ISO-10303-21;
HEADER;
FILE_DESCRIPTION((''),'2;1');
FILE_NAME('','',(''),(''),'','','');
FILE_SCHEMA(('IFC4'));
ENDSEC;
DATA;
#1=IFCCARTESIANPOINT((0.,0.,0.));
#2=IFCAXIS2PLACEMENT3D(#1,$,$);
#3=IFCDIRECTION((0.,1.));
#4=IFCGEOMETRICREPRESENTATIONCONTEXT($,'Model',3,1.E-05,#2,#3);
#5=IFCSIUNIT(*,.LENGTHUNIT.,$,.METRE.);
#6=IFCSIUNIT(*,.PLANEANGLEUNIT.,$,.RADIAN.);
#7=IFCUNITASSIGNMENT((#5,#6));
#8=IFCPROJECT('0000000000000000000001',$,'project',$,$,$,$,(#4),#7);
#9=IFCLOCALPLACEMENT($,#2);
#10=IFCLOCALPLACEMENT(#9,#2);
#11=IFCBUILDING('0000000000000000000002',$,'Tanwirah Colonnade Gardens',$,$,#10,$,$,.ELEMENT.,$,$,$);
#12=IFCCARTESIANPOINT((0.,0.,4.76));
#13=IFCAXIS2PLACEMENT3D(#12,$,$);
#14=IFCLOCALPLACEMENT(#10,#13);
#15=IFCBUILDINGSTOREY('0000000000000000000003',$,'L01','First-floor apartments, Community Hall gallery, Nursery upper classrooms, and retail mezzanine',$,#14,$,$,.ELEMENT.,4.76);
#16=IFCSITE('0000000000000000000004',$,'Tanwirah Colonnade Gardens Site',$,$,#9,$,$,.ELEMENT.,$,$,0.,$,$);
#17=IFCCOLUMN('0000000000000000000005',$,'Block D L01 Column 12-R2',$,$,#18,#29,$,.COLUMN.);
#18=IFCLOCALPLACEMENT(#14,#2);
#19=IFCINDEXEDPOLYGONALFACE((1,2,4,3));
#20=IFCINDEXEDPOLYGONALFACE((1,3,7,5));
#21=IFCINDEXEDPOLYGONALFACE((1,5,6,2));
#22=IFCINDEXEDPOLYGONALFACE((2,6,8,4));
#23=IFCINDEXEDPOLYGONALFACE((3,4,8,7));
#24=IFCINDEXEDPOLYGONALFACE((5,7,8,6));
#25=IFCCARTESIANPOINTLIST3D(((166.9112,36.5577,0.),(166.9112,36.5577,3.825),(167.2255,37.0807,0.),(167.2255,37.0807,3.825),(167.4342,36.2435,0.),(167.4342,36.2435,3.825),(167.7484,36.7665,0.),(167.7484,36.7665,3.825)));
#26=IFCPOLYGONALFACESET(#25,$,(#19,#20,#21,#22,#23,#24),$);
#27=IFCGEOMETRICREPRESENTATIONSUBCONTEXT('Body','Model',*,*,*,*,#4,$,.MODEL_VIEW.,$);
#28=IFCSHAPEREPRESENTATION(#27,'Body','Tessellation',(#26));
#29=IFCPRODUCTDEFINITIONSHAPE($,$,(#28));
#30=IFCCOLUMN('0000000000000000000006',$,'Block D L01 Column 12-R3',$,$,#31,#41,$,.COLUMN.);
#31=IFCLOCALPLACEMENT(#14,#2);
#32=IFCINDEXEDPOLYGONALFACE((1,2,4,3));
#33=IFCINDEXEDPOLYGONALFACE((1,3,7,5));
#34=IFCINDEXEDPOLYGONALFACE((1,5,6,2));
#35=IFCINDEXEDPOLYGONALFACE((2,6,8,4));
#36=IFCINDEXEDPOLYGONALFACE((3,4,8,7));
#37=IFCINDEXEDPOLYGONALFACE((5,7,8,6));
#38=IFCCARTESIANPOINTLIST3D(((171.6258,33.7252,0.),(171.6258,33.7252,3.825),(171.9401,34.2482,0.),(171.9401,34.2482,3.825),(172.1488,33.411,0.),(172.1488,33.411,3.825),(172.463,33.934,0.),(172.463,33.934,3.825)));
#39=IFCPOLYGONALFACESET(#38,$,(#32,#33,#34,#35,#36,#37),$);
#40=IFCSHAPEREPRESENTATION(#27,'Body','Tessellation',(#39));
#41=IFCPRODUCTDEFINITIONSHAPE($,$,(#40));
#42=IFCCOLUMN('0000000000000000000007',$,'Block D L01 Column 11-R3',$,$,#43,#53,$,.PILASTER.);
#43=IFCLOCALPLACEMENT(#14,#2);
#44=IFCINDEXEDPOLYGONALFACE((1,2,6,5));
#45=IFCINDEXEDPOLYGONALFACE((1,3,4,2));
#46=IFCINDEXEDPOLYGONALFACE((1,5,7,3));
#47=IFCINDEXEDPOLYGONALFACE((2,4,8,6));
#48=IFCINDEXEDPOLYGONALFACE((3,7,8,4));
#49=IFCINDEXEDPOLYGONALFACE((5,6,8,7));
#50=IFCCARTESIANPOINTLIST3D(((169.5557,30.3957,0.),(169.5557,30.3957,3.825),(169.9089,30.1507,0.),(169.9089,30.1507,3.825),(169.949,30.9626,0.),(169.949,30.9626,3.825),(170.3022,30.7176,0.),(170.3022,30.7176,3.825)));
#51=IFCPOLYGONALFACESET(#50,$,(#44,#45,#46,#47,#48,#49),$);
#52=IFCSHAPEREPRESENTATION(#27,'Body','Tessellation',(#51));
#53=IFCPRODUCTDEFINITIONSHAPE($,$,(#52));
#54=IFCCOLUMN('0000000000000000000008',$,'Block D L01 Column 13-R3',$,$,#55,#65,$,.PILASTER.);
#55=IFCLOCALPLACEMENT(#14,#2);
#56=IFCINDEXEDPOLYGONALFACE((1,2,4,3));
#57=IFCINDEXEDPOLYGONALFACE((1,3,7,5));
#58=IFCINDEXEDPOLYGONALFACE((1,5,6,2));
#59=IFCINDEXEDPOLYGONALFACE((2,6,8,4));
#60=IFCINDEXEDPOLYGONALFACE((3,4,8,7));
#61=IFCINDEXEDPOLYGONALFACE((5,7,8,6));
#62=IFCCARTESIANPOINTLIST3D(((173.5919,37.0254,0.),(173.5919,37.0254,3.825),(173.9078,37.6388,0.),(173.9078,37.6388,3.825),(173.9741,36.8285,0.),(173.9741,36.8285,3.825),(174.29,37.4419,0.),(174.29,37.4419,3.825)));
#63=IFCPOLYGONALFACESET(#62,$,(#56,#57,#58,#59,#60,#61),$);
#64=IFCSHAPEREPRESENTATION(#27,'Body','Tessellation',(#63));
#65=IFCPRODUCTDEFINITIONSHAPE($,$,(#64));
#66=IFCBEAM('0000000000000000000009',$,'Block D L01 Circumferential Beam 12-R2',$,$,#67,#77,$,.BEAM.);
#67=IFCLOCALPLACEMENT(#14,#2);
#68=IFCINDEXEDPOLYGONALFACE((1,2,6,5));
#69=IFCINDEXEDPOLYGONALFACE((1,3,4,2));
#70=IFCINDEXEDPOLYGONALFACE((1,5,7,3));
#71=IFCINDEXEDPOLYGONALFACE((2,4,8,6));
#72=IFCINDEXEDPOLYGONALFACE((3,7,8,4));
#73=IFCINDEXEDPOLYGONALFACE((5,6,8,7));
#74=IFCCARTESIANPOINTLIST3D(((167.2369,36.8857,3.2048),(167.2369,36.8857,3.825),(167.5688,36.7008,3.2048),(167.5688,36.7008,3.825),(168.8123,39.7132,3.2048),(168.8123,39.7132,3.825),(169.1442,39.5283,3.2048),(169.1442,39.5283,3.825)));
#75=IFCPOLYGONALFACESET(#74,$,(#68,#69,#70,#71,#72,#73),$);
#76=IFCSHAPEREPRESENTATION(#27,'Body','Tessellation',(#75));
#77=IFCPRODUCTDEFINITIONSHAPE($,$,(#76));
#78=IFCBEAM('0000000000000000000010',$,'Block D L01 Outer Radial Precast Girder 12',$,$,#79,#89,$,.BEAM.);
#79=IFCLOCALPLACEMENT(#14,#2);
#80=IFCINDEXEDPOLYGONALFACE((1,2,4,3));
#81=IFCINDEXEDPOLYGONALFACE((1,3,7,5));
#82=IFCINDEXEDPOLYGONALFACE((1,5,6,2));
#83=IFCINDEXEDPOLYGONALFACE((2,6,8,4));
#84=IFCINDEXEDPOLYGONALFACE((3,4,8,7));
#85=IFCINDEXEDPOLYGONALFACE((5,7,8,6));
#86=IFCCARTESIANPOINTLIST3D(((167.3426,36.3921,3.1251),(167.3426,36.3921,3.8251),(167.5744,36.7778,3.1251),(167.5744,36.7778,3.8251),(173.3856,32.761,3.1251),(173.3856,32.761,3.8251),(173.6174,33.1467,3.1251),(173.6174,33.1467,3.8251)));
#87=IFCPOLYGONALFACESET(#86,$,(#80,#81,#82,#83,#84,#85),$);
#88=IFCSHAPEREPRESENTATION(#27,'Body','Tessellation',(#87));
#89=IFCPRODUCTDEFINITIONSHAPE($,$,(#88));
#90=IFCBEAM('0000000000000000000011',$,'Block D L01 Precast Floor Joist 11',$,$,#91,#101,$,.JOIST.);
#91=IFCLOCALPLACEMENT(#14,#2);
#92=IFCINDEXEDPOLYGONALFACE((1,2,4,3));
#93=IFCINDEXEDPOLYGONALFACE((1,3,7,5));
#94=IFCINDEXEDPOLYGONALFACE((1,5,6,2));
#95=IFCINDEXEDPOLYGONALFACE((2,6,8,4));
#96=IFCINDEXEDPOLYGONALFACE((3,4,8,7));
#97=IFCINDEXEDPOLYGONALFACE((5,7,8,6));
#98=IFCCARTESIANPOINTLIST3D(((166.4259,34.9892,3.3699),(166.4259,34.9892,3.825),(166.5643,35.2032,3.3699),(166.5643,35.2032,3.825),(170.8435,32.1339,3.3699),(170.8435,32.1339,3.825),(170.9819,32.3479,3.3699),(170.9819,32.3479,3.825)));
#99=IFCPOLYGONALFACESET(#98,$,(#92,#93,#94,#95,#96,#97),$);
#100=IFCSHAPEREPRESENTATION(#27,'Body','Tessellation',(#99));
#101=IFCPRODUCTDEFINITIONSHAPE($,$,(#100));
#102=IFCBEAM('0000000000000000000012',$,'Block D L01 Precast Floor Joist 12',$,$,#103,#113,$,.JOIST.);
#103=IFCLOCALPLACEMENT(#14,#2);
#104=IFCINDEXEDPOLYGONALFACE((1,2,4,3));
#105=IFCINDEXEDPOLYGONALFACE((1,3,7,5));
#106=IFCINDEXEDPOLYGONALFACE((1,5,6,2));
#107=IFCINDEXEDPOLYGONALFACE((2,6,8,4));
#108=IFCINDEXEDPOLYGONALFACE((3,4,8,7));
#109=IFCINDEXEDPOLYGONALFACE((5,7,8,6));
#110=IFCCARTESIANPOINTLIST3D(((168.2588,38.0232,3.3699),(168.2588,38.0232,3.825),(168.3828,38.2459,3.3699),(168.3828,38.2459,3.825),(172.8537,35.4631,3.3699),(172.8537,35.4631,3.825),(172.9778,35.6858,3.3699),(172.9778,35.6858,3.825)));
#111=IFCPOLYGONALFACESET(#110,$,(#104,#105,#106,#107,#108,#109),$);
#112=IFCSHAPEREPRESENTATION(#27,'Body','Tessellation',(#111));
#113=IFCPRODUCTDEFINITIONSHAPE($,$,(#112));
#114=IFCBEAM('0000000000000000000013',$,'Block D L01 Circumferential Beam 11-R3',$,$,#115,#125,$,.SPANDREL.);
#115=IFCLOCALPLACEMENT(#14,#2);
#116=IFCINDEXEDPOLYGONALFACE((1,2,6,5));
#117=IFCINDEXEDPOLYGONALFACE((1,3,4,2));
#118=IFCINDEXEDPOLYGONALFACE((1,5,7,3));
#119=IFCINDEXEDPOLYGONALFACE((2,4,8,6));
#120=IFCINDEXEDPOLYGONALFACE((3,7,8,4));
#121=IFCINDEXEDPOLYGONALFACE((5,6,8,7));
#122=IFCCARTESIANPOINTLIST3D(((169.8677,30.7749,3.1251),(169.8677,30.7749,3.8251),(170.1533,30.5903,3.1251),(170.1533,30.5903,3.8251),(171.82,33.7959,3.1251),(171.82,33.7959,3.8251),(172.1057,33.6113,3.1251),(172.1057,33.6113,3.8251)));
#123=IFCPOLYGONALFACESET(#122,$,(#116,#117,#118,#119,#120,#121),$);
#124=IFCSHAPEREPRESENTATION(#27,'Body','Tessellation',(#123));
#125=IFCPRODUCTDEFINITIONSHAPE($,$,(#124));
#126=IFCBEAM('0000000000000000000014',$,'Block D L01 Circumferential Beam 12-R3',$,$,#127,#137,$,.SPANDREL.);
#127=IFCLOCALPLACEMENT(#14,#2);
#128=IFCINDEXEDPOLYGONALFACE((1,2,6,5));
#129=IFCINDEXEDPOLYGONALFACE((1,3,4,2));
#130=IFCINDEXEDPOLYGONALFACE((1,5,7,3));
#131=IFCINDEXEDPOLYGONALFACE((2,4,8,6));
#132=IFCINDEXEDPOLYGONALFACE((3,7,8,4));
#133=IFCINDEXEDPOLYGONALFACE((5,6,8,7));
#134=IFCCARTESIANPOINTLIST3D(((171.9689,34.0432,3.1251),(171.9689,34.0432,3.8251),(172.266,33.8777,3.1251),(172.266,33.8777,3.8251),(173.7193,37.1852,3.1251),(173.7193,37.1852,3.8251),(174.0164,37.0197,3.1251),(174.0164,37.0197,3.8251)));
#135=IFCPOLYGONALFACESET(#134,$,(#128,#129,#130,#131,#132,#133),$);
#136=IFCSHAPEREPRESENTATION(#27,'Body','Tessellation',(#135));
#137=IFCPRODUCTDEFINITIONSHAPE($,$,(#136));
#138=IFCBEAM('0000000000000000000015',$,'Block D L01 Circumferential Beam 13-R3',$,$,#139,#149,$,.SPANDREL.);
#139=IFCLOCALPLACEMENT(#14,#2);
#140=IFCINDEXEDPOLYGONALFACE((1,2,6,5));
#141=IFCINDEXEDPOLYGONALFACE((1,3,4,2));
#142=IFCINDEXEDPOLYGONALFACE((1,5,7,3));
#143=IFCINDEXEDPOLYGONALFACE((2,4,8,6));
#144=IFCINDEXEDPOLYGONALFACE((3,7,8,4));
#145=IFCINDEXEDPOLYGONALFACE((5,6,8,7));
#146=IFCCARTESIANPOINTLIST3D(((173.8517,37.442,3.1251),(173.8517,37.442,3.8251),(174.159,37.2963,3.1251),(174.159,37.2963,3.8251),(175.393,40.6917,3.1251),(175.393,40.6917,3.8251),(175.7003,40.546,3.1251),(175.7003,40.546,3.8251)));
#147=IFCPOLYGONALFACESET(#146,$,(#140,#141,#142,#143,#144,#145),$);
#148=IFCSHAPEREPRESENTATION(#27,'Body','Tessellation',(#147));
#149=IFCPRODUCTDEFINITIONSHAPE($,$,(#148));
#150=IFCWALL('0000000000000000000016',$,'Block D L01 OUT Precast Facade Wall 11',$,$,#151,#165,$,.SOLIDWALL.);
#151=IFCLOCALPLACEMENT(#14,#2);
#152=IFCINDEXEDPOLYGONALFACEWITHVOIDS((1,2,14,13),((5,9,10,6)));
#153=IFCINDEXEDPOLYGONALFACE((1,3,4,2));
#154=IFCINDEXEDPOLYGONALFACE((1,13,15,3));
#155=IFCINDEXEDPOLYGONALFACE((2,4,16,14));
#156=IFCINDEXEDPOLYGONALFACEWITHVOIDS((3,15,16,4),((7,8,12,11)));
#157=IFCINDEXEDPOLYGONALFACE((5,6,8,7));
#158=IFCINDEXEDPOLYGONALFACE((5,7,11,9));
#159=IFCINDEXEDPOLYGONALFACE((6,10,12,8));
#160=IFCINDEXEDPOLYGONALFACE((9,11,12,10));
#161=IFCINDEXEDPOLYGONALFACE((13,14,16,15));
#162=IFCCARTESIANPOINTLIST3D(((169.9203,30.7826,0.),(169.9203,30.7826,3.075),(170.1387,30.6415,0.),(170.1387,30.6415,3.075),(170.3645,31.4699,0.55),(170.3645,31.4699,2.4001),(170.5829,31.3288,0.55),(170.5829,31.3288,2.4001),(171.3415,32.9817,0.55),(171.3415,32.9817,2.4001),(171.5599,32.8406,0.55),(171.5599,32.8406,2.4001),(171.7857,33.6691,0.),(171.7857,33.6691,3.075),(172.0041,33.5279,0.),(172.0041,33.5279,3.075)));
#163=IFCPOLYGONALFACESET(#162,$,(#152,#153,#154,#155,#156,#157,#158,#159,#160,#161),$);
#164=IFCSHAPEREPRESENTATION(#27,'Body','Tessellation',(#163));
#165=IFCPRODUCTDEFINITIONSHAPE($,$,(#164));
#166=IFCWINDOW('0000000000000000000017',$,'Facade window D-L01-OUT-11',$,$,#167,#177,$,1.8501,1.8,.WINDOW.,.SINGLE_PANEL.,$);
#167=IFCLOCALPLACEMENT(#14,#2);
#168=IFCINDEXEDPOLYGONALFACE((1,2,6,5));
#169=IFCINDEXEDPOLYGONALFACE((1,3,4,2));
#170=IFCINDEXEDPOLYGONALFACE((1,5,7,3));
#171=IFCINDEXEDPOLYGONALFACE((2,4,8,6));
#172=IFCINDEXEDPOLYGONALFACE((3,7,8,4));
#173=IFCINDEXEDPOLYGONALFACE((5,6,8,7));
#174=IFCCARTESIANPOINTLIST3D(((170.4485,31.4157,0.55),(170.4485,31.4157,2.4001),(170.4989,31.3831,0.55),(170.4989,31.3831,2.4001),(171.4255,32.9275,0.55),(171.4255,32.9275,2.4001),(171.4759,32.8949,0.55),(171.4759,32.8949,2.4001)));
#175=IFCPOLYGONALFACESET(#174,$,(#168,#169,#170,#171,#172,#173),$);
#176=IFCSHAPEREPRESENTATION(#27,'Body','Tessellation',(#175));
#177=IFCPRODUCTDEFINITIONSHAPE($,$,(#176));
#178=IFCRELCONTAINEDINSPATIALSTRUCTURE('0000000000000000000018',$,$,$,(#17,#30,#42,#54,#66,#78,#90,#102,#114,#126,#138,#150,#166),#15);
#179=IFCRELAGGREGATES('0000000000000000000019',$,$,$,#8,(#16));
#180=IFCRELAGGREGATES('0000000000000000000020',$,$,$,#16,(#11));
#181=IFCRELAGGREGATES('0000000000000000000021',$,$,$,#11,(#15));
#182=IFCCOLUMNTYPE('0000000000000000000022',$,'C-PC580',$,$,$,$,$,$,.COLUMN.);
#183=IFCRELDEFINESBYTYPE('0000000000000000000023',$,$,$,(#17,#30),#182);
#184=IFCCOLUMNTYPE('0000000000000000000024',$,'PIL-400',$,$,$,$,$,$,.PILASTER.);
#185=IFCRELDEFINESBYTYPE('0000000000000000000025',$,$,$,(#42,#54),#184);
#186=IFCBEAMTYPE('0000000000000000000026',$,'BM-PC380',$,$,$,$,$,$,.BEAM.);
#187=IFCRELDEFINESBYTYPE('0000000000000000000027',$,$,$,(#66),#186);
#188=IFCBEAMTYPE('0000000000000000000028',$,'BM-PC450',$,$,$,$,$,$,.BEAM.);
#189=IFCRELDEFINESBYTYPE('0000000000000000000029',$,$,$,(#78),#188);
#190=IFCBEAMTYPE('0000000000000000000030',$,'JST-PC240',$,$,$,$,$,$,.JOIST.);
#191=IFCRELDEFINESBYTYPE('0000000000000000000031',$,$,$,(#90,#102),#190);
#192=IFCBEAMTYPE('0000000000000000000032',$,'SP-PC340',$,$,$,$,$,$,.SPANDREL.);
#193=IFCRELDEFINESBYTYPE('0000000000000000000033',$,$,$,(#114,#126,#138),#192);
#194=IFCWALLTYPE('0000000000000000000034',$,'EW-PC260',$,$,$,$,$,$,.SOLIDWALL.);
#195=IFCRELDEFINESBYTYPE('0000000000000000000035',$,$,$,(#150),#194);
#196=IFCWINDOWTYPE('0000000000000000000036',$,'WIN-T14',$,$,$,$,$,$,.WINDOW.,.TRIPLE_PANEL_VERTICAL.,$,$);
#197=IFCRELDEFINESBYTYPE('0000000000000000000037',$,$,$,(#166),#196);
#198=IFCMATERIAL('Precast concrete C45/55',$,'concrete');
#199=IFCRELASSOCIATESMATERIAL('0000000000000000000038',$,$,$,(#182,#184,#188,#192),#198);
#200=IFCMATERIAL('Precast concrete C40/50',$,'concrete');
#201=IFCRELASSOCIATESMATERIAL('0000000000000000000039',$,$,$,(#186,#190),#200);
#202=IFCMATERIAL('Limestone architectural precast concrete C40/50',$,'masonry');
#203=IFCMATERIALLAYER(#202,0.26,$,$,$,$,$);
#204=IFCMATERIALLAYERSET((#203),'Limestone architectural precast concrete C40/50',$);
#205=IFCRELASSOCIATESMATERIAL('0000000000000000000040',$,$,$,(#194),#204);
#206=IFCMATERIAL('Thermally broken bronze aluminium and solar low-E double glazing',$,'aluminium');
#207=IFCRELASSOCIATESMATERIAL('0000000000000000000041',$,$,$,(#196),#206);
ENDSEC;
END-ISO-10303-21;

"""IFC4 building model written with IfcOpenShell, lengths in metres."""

from ifc_helpers import new_model, si_unit, direction, frame, frame_2d, origin, origin_2d, place, context, subcontext, project, spatial, rectangle, extrude, material, layer, layer_set, material_profile, profile_set, type_object, element, fill, save


model = new_model("IFC4")

# Units and contexts
model_context = context("Model", 3, precision=1e-05, world=origin(), true_north=direction((0.0, 1.0)))
body_context = subcontext(model_context, "Body", "Model", "MODEL_VIEW")
ifc_project = project(units=[si_unit("LENGTHUNIT", "METRE"), si_unit("PLANEANGLEUNIT", "RADIAN")], contexts=[model_context])

# Site, building, storey
site_placement = place(None, origin())
site = spatial("IfcSite", under=ifc_project, at=site_placement, Name="Tanwirah Colonnade Gardens Site", CompositionType="ELEMENT", RefElevation=0.0)
building_placement = place(site_placement, origin())
building = spatial("IfcBuilding", under=site, at=building_placement, Name="Tanwirah Colonnade Gardens", CompositionType="ELEMENT")
storey_placement = place(building_placement, frame((0.0, 0.0, 4.76)))
storey = spatial("IfcBuildingStorey", under=building, at=storey_placement, Name="L01", Description="First-floor apartments, Community Hall gallery, Nursery upper classrooms, and retail mezzanine", CompositionType="ELEMENT", Elevation=4.76)

# Columns
ifc_material_1 = material(Name="Precast concrete C45/55", Category="concrete")
ifc_material_profile_1 = material_profile(ifc_material_1, rectangle(XDim=0.6101, YDim=0.6101, at=origin_2d()), Name="PC-COL 610x610")
ifc_profile_set_1 = profile_set([ifc_material_profile_1], Name="Precast concrete C45/55")
column_type_1 = type_object("IfcColumnType", Name="C-PC580", PredefinedType="COLUMN", material=ifc_profile_set_1)
for number, where, z_axis, x_axis, name in (
    (1, (167.3298, 36.6621, 0.0), (0.0, 0.0, 1.0), (0.857167, -0.515038, 0.0), "Block D L01 Column 12-R2"),
    (2, (172.0444, 33.8296, 0.0), (0.0, 0.0, 1.0), (0.857167, -0.515038, 0.0), "Block D L01 Column 12-R3"),
):
    element("IfcColumn", number, at=place(storey_placement, frame(where, z_axis=z_axis, x_axis=x_axis)), inside=storey, type_object=column_type_1, Name=name, PredefinedType="COLUMN", context=body_context, shape_type="SweptSolid", body=[
        extrude(rectangle(XDim=0.6101, YDim=0.6101, at=origin_2d()), origin(), (0.0, 0.0, 1.0), 3.825),
    ])
ifc_material_profile_2 = material_profile(ifc_material_1, rectangle(XDim=0.4299, YDim=0.6899, at=origin_2d()), Name="PC-PIL 430x690")
ifc_profile_set_2 = profile_set([ifc_material_profile_2], Name="Precast concrete C45/55")
column_type_2 = type_object("IfcColumnType", Name="PIL-400", PredefinedType="PILASTER", material=ifc_profile_set_2)
for number, where, z_axis, x_axis, name in (
    (3, (169.929, 30.5566, 0.0), (0.0, 0.0, 1.0), (0.821647, -0.569997, 0.0), "Block D L01 Column 11-R3"),
    (4, (173.9409, 37.2336, 0.0), (0.0, 0.0, 1.0), (0.889017, -0.457874, 0.0), "Block D L01 Column 13-R3"),
):
    element("IfcColumn", number, at=place(storey_placement, frame(where, z_axis=z_axis, x_axis=x_axis)), inside=storey, type_object=column_type_2, Name=name, PredefinedType="PILASTER", context=body_context, shape_type="SweptSolid", body=[
        extrude(rectangle(XDim=0.4299, YDim=0.6899, at=origin_2d()), origin(), (0.0, 0.0, 1.0), 3.825),
    ])

# Beams
ifc_material_2 = material(Name="Precast concrete C40/50", Category="concrete")
ifc_material_profile_3 = material_profile(ifc_material_2, rectangle(XDim=0.3799, YDim=0.6201, at=origin_2d()), Name="PC-BM 380x620")
ifc_profile_set_3 = profile_set([ifc_material_profile_3], Name="Precast concrete C40/50")
beam_type_1 = type_object("IfcBeamType", Name="BM-PC380", PredefinedType="BEAM", material=ifc_profile_set_3)
beam_1_placement = place(storey_placement, frame((167.4028, 36.7932, 3.5149), z_axis=(0.486712, 0.873562, 0.0), x_axis=(-0.873562, 0.486712, 0.0)))
element("IfcBeam", 5, at=beam_1_placement, inside=storey, type_object=beam_type_1, Name="Block D L01 Circumferential Beam 12-R2", PredefinedType="BEAM", context=body_context, shape_type="SweptSolid", body=[
    extrude(rectangle(XDim=0.3799, YDim=0.6201, at=origin_2d()), origin(), (0.0, 0.0, 1.0), 3.2368),
])
ifc_material_profile_4 = material_profile(ifc_material_1, rectangle(XDim=0.45, YDim=0.7, at=origin_2d()), Name="PC-BM 450x700")
ifc_profile_set_4 = profile_set([ifc_material_profile_4], Name="Precast concrete C45/55")
beam_type_2 = type_object("IfcBeamType", Name="BM-PC450", PredefinedType="BEAM", material=ifc_profile_set_4)
beam_2_placement = place(storey_placement, frame((167.4585, 36.585, 3.4751), z_axis=(0.85716, -0.515051, 0.0), x_axis=(0.515051, 0.85716, 0.0)))
element("IfcBeam", 6, at=beam_2_placement, inside=storey, type_object=beam_type_2, Name="Block D L01 Outer Radial Precast Girder 12", PredefinedType="BEAM", context=body_context, shape_type="SweptSolid", body=[
    extrude(rectangle(XDim=0.45, YDim=0.7, at=origin_2d()), origin(), (0.0, 0.0, 1.0), 7.05),
])
ifc_material_profile_5 = material_profile(ifc_material_2, rectangle(XDim=0.2549, YDim=0.4551, at=origin_2d()), Name="PC-JST 255x455")
ifc_profile_set_5 = profile_set([ifc_material_profile_5], Name="Precast concrete C40/50")
beam_type_3 = type_object("IfcBeamType", Name="JST-PC240", PredefinedType="JOIST", material=ifc_profile_set_5)
for number, where, z_axis, x_axis, name in (
    (7, (166.4951, 35.0962, 3.5974), (0.839843, -0.54283, 0.0), (0.54283, 0.839843, 0.0), "Block D L01 Precast Floor Joist 11"),
    (8, (168.3208, 38.1345, 3.5974), (0.873568, -0.486703, 0.0), (0.486703, 0.873568, 0.0), "Block D L01 Precast Floor Joist 12"),
):
    element("IfcBeam", number, at=place(storey_placement, frame(where, z_axis=z_axis, x_axis=x_axis)), inside=storey, type_object=beam_type_3, Name=name, PredefinedType="JOIST", context=body_context, shape_type="SweptSolid", body=[
        extrude(rectangle(XDim=0.2549, YDim=0.4551, at=origin_2d()), origin(), (0.0, 0.0, 1.0), 5.26),
    ])
ifc_material_profile_6 = material_profile(ifc_material_1, rectangle(XDim=0.3401, YDim=0.7, at=origin_2d()), Name="PC-SP 340x700")
ifc_profile_set_6 = profile_set([ifc_material_profile_6], Name="Precast concrete C45/55")
beam_type_4 = type_object("IfcBeamType", Name="SP-PC340", PredefinedType="SPANDREL", material=ifc_profile_set_6)
beam_3_placement = place(storey_placement, frame((170.0105, 30.6826, 3.4751), z_axis=(0.542787, 0.83987, 0.0), x_axis=(-0.83987, 0.542787, 0.0)))
element("IfcBeam", 9, at=beam_3_placement, inside=storey, type_object=beam_type_4, Name="Block D L01 Circumferential Beam 11-R3", PredefinedType="SPANDREL", context=body_context, shape_type="SweptSolid", body=[
    extrude(rectangle(XDim=0.3401, YDim=0.7, at=origin_2d()), origin(), (0.0, 0.0, 1.0), 3.5969),
])
for number, where, z_axis, x_axis, name in (
    (10, (172.1174, 33.9604, 3.4751), (0.48668, 0.87358, 0.0), (-0.87358, 0.48668, 0.0), "Block D L01 Circumferential Beam 12-R3"),
    (11, (174.0054, 37.3691, 3.4751), (0.428518, 0.903533, 0.0), (-0.903533, 0.428518, 0.0), "Block D L01 Circumferential Beam 13-R3"),
):
    element("IfcBeam", number, at=place(storey_placement, frame(where, z_axis=z_axis, x_axis=x_axis)), inside=storey, type_object=beam_type_4, Name=name, PredefinedType="SPANDREL", context=body_context, shape_type="SweptSolid", body=[
        extrude(rectangle(XDim=0.3401, YDim=0.7, at=origin_2d()), origin(), (0.0, 0.0, 1.0), 3.5967),
    ])

# Wall, opening, window
ifc_material_3 = material(Name="Limestone architectural precast concrete C40/50", Category="masonry")
ifc_layer_1 = layer(ifc_material_3, 0.26)
ifc_layer_set_1 = layer_set([ifc_layer_1], Name="Limestone architectural precast concrete C40/50")
wall_type_1 = type_object("IfcWallType", Name="EW-PC260", PredefinedType="SOLIDWALL", material=ifc_layer_set_1)
wall_1_placement = place(storey_placement, frame((170.0295, 30.7122, 0.0), z_axis=(0.0, 0.0, 1.0), x_axis=(0.542792, 0.839867, 0.0)))
wall_1 = element("IfcWall", 12, at=wall_1_placement, inside=storey, type_object=wall_type_1, Name="Block D L01 OUT Precast Facade Wall 11", PredefinedType="SOLIDWALL", context=body_context, shape_type="SweptSolid", body=[
    extrude(rectangle(XDim=3.4368, YDim=0.26, at=frame_2d((1.7183, 0.0))), origin(), (0.0, 0.0, 1.0), 3.075),
])
opening_1_placement = place(wall_1_placement, frame((0.8184, 0.0, 0.55)))
opening_1 = element("IfcOpeningElement", 13, at=opening_1_placement, cuts=wall_1, PredefinedType="OPENING", context=body_context, shape_type="SweptSolid", body=[
    extrude(rectangle(XDim=1.8, YDim=1.8501, at=frame_2d((0.8999, 0.925))), frame((0.0, 0.1399, 0.0), z_axis=(0.0, -1.0, 0.0), x_axis=(1.0, 0.0, 0.0)), (0.0, 0.0, 1.0), 0.28),
])
ifc_material_4 = material(Name="Thermally broken bronze aluminium and solar low-E double glazing", Category="aluminium")
window_type_1 = type_object("IfcWindowType", Name="WIN-T14", PartitioningType="TRIPLE_PANEL_VERTICAL", PredefinedType="WINDOW", material=ifc_material_4)
window_1_placement = place(opening_1_placement, origin())
window_1 = element("IfcWindow", 14, at=window_1_placement, inside=storey, type_object=window_type_1, Name="Facade window D-L01-OUT-11", OverallHeight=1.8501, OverallWidth=1.8, PartitioningType="SINGLE_PANEL", PredefinedType="WINDOW", context=body_context, shape_type="SweptSolid", body=[
    extrude(rectangle(XDim=1.8, YDim=1.8501, at=frame_2d((0.8999, 0.925))), frame((0.0, 0.03, 0.0), z_axis=(0.0, -1.0, 0.0), x_axis=(1.0, 0.0, 0.0)), (0.0, 0.0, 1.0), 0.0601),
])
fill(opening_1, window_1)

save(model, "model.ifc")
